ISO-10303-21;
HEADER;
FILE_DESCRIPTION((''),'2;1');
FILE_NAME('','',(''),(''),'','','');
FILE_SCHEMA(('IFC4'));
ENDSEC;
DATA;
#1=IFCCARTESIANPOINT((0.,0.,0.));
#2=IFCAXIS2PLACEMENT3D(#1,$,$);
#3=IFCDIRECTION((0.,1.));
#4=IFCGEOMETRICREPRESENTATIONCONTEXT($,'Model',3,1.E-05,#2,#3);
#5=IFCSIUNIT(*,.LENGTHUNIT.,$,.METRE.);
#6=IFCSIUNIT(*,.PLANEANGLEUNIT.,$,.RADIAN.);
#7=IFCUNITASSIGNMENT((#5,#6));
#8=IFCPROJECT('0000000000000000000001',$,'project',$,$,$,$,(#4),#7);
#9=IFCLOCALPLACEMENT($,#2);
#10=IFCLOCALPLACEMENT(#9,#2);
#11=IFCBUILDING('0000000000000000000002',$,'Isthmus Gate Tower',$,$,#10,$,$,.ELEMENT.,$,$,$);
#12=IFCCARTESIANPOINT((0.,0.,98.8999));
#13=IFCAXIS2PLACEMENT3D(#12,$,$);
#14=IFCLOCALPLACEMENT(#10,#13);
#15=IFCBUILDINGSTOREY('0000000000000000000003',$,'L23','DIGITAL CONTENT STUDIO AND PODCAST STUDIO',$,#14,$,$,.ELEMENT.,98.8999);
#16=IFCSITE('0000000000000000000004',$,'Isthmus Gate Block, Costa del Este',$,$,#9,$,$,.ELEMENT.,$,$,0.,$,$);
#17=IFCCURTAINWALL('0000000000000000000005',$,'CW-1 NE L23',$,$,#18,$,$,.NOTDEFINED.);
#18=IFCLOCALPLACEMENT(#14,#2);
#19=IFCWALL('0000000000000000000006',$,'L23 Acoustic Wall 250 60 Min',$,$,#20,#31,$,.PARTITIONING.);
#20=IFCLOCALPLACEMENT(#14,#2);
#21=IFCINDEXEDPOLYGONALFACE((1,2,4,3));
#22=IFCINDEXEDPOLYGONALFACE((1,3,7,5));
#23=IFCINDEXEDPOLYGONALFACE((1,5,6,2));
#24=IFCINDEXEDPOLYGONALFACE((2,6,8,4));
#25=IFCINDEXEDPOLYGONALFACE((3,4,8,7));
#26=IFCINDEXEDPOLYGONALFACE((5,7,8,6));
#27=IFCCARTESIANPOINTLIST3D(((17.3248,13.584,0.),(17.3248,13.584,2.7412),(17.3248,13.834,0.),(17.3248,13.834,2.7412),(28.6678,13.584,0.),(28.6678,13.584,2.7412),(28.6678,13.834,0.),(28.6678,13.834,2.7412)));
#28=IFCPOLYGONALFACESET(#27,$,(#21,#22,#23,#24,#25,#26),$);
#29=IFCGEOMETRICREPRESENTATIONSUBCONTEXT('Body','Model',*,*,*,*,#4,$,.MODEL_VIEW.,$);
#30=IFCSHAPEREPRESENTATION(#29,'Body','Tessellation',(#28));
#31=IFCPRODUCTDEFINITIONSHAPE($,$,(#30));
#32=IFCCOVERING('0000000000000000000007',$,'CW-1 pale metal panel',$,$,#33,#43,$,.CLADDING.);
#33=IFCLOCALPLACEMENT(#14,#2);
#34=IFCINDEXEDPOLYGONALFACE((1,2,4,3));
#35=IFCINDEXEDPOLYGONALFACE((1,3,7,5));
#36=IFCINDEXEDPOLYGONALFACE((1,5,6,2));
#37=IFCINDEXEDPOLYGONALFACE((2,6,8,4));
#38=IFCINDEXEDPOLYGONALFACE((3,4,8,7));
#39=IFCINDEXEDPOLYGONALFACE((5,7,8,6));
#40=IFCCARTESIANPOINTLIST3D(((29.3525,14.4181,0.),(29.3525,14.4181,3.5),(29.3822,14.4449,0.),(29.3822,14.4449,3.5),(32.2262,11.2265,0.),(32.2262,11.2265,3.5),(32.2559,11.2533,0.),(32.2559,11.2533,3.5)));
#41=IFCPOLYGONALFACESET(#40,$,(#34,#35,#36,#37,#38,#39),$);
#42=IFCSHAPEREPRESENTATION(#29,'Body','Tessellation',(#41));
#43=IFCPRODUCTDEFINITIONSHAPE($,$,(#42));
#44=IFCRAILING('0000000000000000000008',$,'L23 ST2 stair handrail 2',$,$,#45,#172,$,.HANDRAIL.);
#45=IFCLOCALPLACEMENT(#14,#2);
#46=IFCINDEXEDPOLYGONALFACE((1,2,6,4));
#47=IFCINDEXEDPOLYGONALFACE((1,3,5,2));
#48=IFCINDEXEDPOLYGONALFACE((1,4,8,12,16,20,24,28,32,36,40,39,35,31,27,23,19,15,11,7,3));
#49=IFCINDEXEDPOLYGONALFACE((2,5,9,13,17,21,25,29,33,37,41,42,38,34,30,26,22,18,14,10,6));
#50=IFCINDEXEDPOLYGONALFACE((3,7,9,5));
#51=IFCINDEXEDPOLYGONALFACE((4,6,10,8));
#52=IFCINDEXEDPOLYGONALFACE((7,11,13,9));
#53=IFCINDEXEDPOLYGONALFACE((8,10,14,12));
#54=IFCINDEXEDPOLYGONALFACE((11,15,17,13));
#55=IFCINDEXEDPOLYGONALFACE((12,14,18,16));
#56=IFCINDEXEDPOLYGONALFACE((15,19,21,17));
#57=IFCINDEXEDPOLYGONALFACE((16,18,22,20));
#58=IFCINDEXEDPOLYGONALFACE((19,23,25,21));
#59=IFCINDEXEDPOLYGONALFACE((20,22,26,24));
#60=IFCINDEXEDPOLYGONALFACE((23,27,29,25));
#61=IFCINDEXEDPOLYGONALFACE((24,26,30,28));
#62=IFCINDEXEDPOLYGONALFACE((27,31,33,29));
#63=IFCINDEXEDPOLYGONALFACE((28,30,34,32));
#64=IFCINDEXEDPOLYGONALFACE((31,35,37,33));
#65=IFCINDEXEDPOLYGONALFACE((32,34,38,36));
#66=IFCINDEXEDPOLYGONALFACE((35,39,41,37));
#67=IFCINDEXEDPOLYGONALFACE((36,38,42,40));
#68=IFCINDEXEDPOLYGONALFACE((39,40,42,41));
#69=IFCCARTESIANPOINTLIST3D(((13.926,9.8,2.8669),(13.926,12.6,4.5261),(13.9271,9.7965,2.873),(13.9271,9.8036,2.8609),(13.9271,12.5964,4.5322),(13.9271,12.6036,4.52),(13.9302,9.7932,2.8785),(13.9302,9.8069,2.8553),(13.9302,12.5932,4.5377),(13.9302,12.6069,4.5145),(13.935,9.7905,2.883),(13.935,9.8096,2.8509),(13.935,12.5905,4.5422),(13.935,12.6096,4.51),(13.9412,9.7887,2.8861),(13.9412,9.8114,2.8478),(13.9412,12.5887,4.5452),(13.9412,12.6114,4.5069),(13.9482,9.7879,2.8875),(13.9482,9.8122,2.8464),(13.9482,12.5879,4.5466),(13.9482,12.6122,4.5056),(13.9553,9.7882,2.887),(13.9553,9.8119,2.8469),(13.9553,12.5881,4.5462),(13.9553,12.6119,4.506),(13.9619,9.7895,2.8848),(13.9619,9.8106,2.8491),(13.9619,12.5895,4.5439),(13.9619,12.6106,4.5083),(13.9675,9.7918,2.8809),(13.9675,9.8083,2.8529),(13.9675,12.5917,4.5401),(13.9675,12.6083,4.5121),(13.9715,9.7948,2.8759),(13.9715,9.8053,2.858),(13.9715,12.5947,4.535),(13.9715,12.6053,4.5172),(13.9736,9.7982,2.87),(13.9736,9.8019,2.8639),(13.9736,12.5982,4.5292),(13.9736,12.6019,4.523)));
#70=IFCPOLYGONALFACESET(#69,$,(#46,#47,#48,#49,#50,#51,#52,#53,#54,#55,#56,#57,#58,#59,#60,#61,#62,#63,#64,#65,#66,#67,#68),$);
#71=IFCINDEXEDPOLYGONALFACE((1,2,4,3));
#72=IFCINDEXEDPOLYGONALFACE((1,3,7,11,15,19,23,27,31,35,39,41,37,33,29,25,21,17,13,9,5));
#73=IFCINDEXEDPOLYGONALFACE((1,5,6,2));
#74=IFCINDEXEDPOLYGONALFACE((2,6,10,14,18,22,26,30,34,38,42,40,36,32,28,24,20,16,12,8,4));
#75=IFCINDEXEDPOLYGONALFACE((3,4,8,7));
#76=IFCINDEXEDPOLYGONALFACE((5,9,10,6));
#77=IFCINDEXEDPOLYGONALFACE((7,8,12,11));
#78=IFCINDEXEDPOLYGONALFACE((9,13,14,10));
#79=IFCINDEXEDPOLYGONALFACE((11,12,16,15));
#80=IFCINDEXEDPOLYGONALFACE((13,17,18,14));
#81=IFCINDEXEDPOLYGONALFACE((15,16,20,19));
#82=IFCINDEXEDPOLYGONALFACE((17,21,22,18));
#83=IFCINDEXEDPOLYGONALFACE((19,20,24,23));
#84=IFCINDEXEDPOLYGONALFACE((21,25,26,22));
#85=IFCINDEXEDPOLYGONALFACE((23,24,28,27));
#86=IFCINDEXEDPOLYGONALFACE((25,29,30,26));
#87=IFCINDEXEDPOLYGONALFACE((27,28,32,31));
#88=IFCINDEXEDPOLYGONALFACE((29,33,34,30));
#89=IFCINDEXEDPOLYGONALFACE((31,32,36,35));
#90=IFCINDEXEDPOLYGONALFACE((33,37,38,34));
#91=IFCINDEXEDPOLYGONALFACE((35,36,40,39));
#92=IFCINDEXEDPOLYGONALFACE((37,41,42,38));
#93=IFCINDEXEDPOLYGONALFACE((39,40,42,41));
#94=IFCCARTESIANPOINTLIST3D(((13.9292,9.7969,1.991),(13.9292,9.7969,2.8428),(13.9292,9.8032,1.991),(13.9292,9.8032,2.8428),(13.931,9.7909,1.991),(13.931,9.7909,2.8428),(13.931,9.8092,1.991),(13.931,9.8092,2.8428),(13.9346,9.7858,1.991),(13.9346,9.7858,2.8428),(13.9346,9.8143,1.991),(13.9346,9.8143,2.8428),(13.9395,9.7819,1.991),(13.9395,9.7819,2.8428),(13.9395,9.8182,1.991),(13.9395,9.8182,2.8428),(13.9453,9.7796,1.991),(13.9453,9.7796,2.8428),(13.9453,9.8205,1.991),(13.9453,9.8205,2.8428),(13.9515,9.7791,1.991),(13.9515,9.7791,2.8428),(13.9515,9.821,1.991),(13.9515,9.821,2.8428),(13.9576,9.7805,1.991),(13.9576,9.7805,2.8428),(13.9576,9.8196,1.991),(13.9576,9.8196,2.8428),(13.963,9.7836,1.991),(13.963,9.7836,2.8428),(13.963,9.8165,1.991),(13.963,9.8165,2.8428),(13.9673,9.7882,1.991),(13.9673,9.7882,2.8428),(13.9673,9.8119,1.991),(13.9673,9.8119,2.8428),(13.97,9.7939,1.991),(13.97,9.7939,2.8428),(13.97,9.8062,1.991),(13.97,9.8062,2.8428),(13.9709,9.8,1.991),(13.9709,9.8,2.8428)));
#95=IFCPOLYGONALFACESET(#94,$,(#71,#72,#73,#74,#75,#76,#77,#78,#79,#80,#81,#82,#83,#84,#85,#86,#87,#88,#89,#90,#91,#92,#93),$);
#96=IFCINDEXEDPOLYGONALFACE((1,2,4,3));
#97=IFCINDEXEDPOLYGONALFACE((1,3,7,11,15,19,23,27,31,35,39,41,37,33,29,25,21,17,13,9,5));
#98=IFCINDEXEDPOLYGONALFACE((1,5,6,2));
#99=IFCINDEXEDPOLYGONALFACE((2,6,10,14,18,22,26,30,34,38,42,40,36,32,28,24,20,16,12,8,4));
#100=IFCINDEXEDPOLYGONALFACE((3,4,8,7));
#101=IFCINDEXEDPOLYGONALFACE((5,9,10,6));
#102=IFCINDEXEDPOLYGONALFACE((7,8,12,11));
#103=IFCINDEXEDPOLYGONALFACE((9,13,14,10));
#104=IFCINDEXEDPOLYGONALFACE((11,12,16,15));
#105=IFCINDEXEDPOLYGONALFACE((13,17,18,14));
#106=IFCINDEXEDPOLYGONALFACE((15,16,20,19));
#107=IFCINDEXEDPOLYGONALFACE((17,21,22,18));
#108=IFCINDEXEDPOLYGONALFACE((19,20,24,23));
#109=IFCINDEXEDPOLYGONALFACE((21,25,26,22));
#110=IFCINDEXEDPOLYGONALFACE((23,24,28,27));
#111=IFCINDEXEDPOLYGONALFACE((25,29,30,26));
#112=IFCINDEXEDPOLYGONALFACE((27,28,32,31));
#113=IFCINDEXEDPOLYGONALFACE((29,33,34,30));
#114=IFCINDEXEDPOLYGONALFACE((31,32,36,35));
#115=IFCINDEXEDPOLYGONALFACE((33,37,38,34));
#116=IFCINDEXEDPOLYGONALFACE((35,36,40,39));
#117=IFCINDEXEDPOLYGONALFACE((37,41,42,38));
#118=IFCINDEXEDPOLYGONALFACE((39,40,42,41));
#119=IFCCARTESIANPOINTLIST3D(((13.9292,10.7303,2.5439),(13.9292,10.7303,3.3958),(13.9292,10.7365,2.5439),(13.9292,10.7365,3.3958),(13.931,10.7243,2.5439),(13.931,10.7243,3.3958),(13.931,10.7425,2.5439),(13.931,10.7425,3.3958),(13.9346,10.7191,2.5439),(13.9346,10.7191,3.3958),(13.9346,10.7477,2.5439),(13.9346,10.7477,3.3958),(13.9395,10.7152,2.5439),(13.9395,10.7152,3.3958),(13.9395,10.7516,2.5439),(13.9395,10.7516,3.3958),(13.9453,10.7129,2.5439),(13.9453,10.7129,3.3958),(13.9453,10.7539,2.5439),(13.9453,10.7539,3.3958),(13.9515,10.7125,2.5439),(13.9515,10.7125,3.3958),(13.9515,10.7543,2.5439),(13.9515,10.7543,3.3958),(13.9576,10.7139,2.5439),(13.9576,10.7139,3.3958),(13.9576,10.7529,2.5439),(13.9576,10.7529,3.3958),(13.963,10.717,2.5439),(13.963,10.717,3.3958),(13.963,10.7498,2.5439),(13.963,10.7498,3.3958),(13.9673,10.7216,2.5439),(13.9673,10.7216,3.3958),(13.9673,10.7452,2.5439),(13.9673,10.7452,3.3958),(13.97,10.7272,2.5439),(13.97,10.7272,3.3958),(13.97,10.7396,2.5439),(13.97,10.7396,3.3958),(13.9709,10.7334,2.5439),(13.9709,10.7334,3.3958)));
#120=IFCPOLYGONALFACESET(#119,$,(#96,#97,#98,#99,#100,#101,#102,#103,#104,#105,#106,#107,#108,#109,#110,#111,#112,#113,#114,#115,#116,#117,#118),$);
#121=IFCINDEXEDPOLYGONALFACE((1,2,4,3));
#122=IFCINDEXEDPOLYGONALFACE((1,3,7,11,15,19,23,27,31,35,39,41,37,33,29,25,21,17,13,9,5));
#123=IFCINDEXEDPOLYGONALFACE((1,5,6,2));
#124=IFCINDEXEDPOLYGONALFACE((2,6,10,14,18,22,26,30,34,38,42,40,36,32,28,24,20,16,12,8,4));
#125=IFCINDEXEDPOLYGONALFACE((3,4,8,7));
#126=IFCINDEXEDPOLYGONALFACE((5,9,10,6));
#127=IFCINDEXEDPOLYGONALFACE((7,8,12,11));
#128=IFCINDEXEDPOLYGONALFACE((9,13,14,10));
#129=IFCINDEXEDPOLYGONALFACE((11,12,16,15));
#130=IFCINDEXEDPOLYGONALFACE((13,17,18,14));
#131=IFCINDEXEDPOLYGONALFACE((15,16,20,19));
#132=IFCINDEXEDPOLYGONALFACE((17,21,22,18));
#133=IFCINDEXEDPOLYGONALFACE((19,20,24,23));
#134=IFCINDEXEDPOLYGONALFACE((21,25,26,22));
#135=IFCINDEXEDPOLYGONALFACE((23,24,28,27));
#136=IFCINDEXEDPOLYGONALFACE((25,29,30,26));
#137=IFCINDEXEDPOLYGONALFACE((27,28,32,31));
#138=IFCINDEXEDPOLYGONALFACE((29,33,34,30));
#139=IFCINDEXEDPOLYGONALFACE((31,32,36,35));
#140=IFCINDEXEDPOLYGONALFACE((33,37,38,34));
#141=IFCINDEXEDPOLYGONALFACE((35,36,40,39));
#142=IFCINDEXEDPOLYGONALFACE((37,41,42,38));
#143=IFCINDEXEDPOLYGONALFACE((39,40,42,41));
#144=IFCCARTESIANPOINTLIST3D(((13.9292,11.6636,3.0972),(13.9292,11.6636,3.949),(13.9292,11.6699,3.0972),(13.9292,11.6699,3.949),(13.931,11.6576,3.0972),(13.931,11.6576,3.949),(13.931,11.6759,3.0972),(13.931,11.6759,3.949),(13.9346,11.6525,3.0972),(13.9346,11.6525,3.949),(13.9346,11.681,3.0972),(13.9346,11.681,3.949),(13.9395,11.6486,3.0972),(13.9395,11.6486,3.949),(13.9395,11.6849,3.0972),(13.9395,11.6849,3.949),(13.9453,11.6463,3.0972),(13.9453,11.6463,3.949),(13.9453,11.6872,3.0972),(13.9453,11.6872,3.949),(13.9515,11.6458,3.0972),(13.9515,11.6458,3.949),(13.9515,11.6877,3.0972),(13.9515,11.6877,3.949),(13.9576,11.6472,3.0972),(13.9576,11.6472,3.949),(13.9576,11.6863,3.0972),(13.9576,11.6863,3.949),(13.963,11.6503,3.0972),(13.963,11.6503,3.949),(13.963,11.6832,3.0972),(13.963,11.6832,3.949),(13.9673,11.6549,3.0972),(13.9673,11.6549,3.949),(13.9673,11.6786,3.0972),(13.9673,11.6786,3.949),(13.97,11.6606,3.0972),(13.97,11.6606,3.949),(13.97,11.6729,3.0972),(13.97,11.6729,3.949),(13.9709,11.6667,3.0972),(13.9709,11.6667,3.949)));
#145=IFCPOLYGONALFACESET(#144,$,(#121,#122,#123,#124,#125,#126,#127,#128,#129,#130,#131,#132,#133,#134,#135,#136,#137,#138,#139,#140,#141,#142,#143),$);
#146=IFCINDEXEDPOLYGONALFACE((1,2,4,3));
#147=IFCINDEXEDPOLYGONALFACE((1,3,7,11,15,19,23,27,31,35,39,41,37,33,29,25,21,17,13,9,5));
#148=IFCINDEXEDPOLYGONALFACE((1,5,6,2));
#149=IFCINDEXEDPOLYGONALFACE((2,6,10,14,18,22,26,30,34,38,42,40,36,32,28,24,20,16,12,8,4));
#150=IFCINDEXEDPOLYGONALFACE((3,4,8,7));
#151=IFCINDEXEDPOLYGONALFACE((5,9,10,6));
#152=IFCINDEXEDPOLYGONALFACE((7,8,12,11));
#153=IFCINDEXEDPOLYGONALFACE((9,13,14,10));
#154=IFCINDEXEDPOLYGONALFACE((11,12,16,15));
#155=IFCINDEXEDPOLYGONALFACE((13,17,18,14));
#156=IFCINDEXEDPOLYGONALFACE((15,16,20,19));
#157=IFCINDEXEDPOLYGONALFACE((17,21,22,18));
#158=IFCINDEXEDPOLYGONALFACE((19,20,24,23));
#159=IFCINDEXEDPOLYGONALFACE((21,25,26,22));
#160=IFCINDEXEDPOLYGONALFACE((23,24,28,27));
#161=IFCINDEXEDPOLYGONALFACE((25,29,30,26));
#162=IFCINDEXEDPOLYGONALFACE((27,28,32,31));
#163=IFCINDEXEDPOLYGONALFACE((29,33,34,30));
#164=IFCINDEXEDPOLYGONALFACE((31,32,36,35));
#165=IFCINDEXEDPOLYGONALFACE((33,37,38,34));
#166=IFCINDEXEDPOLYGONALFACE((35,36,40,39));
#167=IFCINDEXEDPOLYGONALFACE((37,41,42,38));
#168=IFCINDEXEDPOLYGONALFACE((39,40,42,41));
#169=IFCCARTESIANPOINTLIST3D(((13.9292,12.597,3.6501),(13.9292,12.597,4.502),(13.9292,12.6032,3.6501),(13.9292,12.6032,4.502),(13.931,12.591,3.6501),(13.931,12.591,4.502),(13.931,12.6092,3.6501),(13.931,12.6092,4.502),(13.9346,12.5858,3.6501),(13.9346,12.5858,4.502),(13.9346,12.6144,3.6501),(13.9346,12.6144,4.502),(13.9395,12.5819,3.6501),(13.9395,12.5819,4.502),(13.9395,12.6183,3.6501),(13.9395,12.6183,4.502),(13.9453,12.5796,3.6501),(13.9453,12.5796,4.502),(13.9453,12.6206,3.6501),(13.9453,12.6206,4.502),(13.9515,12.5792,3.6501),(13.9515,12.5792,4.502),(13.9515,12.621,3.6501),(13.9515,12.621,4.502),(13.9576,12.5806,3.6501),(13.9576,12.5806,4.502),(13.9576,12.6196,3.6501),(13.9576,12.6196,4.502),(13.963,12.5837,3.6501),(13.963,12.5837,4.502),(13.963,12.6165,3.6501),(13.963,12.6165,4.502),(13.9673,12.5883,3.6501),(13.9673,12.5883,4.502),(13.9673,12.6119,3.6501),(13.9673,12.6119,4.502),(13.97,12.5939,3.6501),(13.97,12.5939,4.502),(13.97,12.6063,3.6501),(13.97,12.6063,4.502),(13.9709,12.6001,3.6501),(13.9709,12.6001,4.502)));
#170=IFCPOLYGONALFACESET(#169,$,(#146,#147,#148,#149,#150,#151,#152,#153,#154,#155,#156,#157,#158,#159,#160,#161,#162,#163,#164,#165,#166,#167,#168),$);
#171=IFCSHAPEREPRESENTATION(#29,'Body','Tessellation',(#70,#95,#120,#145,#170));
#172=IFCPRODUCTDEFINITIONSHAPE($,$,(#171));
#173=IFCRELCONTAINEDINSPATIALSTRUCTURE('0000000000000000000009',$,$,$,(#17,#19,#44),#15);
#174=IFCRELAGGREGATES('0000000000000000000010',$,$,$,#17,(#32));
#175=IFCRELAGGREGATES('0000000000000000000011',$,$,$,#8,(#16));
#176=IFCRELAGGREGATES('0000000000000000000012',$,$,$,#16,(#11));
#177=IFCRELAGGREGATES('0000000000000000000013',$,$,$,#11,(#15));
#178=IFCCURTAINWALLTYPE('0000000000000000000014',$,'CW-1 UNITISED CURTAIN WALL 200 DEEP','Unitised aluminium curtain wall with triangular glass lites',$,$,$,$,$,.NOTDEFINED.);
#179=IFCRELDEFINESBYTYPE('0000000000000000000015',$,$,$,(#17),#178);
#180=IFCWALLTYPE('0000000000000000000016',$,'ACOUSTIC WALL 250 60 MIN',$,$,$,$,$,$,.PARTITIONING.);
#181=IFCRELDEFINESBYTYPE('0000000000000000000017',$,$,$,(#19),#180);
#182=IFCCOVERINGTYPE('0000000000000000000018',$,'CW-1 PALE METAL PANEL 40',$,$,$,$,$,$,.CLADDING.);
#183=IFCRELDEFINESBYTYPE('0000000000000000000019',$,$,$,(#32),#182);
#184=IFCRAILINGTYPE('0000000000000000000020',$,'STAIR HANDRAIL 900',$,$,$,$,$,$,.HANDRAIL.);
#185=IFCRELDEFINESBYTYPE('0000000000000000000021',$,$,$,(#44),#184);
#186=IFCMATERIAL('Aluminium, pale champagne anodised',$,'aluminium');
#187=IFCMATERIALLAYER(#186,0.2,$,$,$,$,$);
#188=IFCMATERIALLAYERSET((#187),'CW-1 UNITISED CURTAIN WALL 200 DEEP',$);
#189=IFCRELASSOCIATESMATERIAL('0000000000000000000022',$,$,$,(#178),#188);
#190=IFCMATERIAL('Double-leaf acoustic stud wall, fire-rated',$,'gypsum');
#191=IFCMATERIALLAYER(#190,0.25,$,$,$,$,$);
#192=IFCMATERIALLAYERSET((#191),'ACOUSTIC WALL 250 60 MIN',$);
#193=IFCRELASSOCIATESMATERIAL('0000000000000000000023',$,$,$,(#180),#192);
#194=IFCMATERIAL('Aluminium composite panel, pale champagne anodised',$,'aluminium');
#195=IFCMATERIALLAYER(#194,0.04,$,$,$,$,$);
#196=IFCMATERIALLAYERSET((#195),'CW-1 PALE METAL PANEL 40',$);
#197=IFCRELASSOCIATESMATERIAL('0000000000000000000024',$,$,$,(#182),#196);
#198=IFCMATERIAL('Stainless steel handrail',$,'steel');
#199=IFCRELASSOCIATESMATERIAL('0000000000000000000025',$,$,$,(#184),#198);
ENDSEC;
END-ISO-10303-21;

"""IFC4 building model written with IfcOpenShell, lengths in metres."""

from ifc_helpers import new_model, si_unit, direction, frame, frame_2d, origin, origin_2d, place, context, subcontext, project, spatial, rectangle, circle, extrude, material, layer, layer_set, type_object, element, aggregate, save


model = new_model("IFC4")

# Units and contexts
model_context = context("Model", 3, precision=1e-05, world=origin(), true_north=direction((0.0, 1.0)))
body_context = subcontext(model_context, "Body", "Model", "MODEL_VIEW")
ifc_project = project(units=[si_unit("LENGTHUNIT", "METRE"), si_unit("PLANEANGLEUNIT", "RADIAN")], contexts=[model_context])

# Site, building, storey
site_placement = place(None, origin())
site = spatial("IfcSite", under=ifc_project, at=site_placement, Name="Isthmus Gate Block, Costa del Este", CompositionType="ELEMENT", RefElevation=0.0)
building_placement = place(site_placement, origin())
building = spatial("IfcBuilding", under=site, at=building_placement, Name="Isthmus Gate Tower", CompositionType="ELEMENT")
storey_placement = place(building_placement, frame((0.0, 0.0, 98.8999)))
storey = spatial("IfcBuildingStorey", under=building, at=storey_placement, Name="L23", Description="DIGITAL CONTENT STUDIO AND PODCAST STUDIO", CompositionType="ELEMENT", Elevation=98.8999)

# Curtain wall
ifc_material_1 = material(Name="Aluminium, pale champagne anodised", Category="aluminium")
ifc_layer_1 = layer(ifc_material_1, 0.2)
ifc_layer_set_1 = layer_set([ifc_layer_1], Name="CW-1 UNITISED CURTAIN WALL 200 DEEP")
curtain_wall_type = type_object("IfcCurtainWallType", Name="CW-1 UNITISED CURTAIN WALL 200 DEEP", Description="Unitised aluminium curtain wall with triangular glass lites", PredefinedType="NOTDEFINED", material=ifc_layer_set_1)
curtain_wall_placement = place(storey_placement, origin())
curtain_wall = element("IfcCurtainWall", 1, at=curtain_wall_placement, inside=storey, type_object=curtain_wall_type, Name="CW-1 NE L23", PredefinedType="NOTDEFINED")

# Shared definitions
ifc_material_2 = material(Name="Double-leaf acoustic stud wall, fire-rated", Category="gypsum")
ifc_layer_2 = layer(ifc_material_2, 0.25)
ifc_layer_set_2 = layer_set([ifc_layer_2], Name="ACOUSTIC WALL 250 60 MIN")
wall_type = type_object("IfcWallType", Name="ACOUSTIC WALL 250 60 MIN", PredefinedType="PARTITIONING", material=ifc_layer_set_2)

# Wall
wall_1_placement = place(storey_placement, frame((17.325, 13.709, 0.0), z_axis=(0.0, 0.0, 1.0), x_axis=(1.0, 0.0, 0.0)))
element("IfcWall", 2, at=wall_1_placement, inside=storey, type_object=wall_type, Name="L23 Acoustic Wall 250 60 Min", PredefinedType="PARTITIONING", context=body_context, shape_type="SweptSolid", body=[
    extrude(rectangle(XDim=11.343, YDim=0.25, at=frame_2d((5.6714, 0.0))), origin(), (0.0, 0.0, 1.0), 2.7412),
])

# Covering
ifc_material_3 = material(Name="Aluminium composite panel, pale champagne anodised", Category="aluminium")
ifc_layer_3 = layer(ifc_material_3, 0.04)
ifc_layer_set_3 = layer_set([ifc_layer_3], Name="CW-1 PALE METAL PANEL 40")
covering_type = type_object("IfcCoveringType", Name="CW-1 PALE METAL PANEL 40", PredefinedType="CLADDING", material=ifc_layer_set_3)
covering_placement = place(storey_placement, frame((30.8042, 12.8357, 0.0), z_axis=(0.0, 0.0, 1.0), x_axis=(-0.669131, 0.743145, 0.0)))
covering = element("IfcCovering", 3, at=covering_placement, type_object=covering_type, Name="CW-1 pale metal panel", PredefinedType="CLADDING", context=body_context, shape_type="SweptSolid", body=[
    extrude(rectangle(XDim=4.2947, YDim=0.04, at=origin_2d()), origin(), (0.0, 0.0, 1.0), 3.5),
])
aggregate(curtain_wall, [covering])

# Railing
ifc_material_4 = material(Name="Stainless steel handrail", Category="steel")
railing_type = type_object("IfcRailingType", Name="STAIR HANDRAIL 900", PredefinedType="HANDRAIL", material=ifc_material_4)
railing_placement = place(storey_placement, frame((13.95, 9.8, 1.991)))
element("IfcRailing", 4, at=railing_placement, inside=storey, type_object=railing_type, Name="L23 ST2 stair handrail 2", PredefinedType="HANDRAIL", context=body_context, shape_type="SweptSolid", body=[
    extrude(circle(Radius=0.0239, at=origin_2d()), frame((0.0, 0.0, 0.876), z_axis=(0.0, 0.860306, 0.509778), x_axis=(-1.0, 0.0, 0.0)), (0.0, 0.0, 1.0), 3.2546),
    extrude(circle(Radius=0.021, at=origin_2d()), origin(), (0.0, 0.0, 1.0), 0.8518),
    extrude(circle(Radius=0.021, at=origin_2d()), frame((0.0, 0.9333, 0.553)), (0.0, 0.0, 1.0), 0.8518),
    extrude(circle(Radius=0.021, at=origin_2d()), frame((0.0, 1.8667, 1.1062)), (0.0, 0.0, 1.0), 0.8518),
    extrude(circle(Radius=0.021, at=origin_2d()), frame((0.0, 2.8, 1.6592)), (0.0, 0.0, 1.0), 0.8518),
])

save(model, "model.ifc")
